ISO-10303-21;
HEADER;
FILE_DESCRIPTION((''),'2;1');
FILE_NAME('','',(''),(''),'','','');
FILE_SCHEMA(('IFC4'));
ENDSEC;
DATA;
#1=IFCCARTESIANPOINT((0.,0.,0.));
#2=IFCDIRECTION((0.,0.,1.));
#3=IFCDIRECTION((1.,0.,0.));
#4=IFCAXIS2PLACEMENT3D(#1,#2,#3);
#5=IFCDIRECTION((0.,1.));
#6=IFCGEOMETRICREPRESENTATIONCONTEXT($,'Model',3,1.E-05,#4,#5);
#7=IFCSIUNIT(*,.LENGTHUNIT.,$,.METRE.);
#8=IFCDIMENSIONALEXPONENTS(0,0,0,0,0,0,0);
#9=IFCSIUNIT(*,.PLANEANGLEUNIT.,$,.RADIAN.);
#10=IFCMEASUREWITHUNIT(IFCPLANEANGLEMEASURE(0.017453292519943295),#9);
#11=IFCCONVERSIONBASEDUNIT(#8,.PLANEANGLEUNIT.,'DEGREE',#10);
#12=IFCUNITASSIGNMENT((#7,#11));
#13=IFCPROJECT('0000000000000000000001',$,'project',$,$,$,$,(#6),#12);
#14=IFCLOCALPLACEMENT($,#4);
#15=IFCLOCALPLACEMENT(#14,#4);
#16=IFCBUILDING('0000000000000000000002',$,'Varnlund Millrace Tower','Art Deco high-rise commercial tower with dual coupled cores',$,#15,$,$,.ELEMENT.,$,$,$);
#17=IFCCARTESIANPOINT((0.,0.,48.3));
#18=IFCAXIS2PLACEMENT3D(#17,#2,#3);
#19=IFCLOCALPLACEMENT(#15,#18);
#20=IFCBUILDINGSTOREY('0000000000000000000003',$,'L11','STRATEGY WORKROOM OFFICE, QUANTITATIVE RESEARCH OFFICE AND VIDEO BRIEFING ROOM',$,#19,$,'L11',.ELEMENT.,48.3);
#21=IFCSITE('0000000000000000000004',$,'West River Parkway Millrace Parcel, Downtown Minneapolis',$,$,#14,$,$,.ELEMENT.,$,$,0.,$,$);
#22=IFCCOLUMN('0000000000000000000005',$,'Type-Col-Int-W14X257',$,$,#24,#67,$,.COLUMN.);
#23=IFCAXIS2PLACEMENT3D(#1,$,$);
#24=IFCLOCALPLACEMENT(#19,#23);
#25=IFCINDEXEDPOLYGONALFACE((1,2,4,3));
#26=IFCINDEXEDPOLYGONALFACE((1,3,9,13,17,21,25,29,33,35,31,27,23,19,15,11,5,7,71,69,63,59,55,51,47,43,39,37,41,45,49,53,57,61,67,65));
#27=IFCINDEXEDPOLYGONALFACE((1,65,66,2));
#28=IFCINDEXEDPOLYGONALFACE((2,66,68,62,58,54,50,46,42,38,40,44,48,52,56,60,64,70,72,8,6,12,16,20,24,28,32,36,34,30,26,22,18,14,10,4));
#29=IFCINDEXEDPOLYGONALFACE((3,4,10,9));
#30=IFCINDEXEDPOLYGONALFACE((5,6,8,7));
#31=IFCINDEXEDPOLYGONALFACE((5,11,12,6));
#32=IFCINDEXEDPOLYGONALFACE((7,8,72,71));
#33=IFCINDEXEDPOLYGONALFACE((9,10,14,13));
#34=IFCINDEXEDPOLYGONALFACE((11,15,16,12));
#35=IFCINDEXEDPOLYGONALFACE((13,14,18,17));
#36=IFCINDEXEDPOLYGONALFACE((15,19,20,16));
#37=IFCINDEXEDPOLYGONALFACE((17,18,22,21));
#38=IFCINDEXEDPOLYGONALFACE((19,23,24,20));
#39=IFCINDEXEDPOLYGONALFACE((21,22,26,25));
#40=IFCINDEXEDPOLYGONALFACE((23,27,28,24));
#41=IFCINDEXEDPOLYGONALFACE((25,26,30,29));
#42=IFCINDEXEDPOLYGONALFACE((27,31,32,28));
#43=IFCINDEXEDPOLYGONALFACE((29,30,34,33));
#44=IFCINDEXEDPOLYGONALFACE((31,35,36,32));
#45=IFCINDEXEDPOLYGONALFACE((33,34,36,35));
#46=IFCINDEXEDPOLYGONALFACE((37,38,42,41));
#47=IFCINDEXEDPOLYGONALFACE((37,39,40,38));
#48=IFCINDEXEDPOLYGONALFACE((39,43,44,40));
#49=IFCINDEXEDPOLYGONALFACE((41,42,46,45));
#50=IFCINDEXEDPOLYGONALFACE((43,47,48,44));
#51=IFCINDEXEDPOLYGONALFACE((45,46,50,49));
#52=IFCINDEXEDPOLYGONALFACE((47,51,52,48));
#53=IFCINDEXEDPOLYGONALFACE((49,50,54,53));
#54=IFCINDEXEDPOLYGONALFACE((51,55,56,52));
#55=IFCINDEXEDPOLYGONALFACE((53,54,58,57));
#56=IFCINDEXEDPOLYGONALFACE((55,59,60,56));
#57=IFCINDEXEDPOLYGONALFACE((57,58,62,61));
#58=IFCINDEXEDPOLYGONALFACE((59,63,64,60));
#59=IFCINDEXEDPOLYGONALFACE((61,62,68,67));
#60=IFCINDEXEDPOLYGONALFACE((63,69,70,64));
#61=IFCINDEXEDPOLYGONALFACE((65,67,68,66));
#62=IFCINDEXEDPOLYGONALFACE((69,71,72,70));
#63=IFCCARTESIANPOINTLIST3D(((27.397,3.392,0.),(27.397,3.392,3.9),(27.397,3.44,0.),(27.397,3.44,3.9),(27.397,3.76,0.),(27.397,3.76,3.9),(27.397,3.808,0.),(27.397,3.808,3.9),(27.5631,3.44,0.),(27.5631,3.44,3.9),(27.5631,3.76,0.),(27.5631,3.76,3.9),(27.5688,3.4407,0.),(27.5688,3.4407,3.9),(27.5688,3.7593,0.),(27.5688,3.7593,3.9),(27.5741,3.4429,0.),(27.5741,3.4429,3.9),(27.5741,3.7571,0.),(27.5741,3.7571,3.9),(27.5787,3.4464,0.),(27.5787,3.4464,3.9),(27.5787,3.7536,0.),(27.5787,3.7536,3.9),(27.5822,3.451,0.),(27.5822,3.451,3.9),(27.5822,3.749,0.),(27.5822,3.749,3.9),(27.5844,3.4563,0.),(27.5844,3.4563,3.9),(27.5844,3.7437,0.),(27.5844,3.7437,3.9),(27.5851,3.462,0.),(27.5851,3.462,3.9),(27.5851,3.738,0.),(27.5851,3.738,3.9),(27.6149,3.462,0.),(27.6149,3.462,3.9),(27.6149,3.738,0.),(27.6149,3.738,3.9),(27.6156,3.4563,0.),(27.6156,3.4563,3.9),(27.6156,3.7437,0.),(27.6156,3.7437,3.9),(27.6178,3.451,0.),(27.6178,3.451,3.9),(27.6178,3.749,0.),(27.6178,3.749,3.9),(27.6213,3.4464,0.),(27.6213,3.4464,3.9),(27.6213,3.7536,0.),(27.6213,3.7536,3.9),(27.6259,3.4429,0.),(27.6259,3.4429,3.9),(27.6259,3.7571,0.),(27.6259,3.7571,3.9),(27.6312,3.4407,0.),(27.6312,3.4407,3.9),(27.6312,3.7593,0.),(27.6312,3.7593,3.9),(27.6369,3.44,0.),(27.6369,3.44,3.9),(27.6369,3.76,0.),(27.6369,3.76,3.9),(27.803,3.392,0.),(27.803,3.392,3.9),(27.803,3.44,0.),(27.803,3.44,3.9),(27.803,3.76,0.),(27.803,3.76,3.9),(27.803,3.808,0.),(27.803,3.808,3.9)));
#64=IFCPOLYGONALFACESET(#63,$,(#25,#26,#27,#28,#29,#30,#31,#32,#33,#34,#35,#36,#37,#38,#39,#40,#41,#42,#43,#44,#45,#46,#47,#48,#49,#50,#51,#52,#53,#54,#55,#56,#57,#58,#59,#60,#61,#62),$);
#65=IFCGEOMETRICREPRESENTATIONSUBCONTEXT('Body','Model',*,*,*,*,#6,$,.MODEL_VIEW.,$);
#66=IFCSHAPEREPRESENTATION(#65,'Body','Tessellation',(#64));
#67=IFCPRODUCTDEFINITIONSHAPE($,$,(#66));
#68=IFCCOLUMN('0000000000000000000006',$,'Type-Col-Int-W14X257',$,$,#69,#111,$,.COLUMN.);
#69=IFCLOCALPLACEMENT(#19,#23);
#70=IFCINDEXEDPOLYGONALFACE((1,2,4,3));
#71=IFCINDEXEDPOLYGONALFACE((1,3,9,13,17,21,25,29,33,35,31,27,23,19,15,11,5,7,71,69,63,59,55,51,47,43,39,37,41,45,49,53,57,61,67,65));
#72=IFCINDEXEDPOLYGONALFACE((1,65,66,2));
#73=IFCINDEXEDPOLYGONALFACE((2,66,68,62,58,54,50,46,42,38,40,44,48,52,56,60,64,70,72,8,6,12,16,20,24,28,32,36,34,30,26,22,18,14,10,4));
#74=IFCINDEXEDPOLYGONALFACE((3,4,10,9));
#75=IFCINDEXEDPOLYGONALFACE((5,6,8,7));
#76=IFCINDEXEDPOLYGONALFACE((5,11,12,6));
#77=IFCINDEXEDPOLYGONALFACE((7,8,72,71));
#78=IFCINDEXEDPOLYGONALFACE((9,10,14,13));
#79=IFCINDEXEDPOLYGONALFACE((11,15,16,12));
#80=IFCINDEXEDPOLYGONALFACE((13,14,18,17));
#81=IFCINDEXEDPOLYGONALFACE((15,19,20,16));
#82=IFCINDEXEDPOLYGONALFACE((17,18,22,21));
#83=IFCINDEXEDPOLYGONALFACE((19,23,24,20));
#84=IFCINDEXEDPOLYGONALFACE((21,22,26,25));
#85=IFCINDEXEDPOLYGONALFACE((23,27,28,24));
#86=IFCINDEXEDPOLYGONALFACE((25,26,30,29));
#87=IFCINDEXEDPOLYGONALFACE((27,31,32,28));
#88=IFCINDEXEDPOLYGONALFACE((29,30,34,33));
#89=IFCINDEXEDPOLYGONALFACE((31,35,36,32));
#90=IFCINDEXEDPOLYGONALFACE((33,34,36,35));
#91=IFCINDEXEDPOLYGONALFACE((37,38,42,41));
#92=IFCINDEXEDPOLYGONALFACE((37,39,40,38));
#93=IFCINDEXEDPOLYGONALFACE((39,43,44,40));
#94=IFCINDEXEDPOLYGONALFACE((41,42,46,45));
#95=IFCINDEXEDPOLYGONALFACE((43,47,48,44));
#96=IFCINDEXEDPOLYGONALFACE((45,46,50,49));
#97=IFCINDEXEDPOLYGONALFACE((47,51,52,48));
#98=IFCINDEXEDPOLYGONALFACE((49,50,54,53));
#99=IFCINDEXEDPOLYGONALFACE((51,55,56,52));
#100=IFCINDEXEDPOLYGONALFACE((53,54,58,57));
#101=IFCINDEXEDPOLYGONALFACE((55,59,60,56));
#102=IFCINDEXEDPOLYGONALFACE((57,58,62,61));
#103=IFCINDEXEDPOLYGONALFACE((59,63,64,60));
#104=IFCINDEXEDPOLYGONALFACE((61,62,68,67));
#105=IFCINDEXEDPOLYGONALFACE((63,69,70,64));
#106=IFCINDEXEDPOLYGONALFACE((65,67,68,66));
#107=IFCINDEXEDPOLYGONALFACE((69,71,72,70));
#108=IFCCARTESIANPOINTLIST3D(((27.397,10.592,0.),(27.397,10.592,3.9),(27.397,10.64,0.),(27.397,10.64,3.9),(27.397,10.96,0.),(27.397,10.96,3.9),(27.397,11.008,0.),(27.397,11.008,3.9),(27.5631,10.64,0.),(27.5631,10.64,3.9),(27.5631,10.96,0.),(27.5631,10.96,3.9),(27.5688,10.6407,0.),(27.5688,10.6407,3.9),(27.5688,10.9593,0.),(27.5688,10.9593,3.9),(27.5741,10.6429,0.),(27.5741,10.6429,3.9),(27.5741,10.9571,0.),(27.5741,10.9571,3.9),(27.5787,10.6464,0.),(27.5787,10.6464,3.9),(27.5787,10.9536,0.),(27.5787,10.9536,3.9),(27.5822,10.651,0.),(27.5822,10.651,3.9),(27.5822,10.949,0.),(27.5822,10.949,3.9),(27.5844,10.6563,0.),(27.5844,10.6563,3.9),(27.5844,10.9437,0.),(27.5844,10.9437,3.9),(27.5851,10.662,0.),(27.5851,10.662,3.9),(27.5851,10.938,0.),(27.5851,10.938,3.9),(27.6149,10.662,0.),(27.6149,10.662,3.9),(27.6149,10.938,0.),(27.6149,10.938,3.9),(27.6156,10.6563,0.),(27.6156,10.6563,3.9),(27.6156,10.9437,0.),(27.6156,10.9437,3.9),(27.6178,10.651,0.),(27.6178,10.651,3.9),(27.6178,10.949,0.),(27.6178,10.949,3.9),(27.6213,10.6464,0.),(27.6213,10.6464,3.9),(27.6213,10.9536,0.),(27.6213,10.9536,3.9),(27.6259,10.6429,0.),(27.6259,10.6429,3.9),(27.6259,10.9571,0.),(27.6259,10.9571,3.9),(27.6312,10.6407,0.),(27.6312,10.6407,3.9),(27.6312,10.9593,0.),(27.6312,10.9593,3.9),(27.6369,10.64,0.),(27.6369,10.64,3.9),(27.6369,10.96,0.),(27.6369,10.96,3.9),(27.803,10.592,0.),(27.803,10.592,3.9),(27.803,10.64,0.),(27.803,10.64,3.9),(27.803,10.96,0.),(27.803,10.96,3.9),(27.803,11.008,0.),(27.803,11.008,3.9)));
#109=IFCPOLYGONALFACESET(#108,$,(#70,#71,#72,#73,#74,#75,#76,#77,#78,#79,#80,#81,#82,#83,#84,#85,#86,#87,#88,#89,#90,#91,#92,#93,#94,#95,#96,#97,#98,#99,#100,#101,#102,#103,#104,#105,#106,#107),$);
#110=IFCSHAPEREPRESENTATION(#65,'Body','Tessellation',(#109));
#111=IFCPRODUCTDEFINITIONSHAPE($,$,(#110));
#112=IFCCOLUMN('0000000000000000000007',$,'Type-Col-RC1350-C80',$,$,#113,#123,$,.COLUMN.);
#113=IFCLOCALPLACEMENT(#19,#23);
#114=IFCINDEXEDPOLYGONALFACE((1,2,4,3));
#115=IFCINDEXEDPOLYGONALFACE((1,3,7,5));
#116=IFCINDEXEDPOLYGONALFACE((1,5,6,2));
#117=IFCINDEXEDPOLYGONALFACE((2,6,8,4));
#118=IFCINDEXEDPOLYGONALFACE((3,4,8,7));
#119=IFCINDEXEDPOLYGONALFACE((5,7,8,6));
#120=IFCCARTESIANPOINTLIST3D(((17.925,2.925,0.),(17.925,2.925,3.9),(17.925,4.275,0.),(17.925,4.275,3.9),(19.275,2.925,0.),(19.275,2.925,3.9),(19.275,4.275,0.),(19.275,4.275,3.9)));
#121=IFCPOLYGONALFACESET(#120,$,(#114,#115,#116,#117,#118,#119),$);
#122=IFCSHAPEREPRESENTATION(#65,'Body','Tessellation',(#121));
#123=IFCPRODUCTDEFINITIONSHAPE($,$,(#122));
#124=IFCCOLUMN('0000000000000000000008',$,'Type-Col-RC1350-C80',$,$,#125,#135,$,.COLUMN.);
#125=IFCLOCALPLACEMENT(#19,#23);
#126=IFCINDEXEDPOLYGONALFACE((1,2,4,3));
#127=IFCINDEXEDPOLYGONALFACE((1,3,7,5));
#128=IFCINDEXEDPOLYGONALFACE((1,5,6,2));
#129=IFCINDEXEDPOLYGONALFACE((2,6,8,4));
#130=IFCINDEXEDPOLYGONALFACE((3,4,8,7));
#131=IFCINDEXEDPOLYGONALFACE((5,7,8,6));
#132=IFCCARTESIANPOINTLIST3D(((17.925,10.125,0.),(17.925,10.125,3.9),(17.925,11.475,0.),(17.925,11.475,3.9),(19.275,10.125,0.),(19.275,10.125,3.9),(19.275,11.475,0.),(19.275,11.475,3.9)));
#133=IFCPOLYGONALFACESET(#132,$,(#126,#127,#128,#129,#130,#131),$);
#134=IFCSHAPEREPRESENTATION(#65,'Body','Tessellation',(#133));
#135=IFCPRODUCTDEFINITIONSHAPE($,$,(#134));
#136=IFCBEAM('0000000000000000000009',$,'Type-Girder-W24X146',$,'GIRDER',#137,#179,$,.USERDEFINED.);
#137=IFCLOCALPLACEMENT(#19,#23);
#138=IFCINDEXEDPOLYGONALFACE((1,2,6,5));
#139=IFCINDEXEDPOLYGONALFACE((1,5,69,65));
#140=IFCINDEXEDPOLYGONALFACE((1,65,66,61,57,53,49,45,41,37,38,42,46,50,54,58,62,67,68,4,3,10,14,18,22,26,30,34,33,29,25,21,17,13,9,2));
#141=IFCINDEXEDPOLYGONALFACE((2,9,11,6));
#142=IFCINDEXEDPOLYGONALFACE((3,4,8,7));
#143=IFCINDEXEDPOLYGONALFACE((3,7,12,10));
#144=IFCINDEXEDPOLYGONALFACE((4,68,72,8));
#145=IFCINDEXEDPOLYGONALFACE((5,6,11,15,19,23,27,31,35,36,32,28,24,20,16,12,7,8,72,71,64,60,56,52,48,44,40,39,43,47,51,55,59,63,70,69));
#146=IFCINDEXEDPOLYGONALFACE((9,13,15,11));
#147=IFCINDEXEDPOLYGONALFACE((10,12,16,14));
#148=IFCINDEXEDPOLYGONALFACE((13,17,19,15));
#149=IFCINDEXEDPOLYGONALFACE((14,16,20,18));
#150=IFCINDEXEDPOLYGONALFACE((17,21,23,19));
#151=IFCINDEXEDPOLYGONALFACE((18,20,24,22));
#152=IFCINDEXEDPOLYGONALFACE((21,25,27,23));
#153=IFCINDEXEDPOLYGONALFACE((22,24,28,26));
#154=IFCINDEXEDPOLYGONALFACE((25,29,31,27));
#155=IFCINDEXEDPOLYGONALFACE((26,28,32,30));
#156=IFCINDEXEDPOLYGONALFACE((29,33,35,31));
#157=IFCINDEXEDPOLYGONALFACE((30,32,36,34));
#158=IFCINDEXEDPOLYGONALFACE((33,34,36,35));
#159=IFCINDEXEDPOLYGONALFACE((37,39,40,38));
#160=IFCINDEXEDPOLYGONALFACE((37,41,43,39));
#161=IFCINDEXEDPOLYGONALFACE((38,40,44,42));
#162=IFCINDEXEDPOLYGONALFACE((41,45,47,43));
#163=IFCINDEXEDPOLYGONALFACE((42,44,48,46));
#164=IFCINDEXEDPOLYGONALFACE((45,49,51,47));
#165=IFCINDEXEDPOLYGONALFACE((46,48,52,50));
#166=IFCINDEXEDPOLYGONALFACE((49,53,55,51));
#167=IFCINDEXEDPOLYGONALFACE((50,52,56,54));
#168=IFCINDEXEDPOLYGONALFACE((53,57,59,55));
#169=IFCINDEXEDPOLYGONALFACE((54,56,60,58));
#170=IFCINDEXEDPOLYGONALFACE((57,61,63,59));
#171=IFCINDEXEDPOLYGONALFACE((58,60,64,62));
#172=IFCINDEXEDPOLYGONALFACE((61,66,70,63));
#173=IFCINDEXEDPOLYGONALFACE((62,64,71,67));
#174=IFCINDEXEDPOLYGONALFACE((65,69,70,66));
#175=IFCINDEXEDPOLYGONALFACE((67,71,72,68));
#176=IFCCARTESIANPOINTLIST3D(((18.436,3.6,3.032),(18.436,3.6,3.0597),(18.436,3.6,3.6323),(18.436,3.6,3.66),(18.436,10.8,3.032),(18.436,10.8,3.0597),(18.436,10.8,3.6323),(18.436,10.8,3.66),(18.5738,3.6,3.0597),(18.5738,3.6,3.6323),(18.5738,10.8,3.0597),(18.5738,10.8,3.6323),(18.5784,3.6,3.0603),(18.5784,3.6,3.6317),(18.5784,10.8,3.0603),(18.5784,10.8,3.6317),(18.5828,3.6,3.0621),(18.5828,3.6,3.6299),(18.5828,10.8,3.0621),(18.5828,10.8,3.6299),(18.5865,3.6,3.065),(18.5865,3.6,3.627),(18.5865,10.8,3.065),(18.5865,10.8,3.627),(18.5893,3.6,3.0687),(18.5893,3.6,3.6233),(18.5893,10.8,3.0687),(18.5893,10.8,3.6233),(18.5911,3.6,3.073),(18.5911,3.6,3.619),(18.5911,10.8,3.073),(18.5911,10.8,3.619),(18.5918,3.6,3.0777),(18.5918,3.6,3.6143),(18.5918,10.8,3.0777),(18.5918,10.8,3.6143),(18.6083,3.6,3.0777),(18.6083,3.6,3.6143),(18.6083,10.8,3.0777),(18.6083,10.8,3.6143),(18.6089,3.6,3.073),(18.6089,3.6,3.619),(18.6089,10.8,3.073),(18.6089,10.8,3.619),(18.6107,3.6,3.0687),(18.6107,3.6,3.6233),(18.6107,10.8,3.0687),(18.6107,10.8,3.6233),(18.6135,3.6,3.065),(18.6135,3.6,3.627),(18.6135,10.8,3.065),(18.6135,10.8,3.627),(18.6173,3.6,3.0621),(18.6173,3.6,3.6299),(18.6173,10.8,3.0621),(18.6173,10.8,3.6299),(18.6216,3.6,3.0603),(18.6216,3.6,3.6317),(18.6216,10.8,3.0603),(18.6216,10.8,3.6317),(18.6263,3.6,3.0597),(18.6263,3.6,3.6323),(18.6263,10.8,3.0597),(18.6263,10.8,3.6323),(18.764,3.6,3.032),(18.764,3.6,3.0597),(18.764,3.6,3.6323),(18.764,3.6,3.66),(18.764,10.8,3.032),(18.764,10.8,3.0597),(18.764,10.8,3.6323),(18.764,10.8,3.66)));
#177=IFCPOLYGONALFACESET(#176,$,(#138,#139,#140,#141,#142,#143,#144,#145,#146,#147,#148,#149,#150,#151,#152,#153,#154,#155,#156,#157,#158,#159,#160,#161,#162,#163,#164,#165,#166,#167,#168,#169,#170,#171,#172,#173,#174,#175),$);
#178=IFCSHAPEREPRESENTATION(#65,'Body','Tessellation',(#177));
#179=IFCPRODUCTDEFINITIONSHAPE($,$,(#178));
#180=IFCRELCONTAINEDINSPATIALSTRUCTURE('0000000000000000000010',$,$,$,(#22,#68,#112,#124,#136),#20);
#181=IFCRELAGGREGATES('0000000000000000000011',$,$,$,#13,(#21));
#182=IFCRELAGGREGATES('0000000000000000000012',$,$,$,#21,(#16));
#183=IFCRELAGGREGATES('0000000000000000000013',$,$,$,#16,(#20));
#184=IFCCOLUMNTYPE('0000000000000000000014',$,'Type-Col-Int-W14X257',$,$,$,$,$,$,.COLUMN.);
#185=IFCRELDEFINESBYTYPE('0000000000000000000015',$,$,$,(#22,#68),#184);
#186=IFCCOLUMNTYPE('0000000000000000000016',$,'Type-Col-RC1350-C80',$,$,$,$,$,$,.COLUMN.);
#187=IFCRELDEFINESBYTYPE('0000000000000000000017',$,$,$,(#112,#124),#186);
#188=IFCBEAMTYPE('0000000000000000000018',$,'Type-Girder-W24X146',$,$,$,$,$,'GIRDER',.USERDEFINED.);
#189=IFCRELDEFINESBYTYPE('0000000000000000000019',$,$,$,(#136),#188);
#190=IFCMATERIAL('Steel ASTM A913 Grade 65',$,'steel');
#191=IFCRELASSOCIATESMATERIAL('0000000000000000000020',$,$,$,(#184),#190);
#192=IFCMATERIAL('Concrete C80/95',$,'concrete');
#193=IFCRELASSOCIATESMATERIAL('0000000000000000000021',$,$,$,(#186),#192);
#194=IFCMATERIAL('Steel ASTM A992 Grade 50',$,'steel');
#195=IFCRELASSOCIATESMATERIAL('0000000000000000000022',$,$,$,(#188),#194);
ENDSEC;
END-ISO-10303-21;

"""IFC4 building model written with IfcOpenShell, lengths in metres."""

from ifc_helpers import new_model, entity, si_unit, converted_unit, direction, frame, origin_with_axes, origin_2d_with_axis, place, context, subcontext, project, spatial, rectangle, i_section, extrude, material, material_profile, profile_set, type_object, element, save


model = new_model("IFC4")

# Units and contexts
model_context = context("Model", 3, precision=1e-05, world=origin_with_axes(), true_north=direction((0.0, 1.0)))
body_context = subcontext(model_context, "Body", "Model", "MODEL_VIEW")
ifc_project = project(units=[si_unit("LENGTHUNIT", "METRE"), converted_unit("PLANEANGLEUNIT", "DEGREE", entity("IfcPlaneAngleMeasure", 0.017453292519943295), si_unit("PLANEANGLEUNIT", "RADIAN"), dimensions=[0, 0, 0, 0, 0, 0, 0])], contexts=[model_context])

# Site, building, storey
site_placement = place(None, origin_with_axes())
site = spatial("IfcSite", under=ifc_project, at=site_placement, Name="West River Parkway Millrace Parcel, Downtown Minneapolis", CompositionType="ELEMENT", RefElevation=0.0)
building_placement = place(site_placement, origin_with_axes())
building = spatial("IfcBuilding", under=site, at=building_placement, Name="Varnlund Millrace Tower", Description="Art Deco high-rise commercial tower with dual coupled cores", CompositionType="ELEMENT")
storey_placement = place(building_placement, frame((0.0, 0.0, 48.3), z_axis=(0.0, 0.0, 1.0), x_axis=(1.0, 0.0, 0.0)))
storey = spatial("IfcBuildingStorey", under=building, at=storey_placement, Name="L11", Description="STRATEGY WORKROOM OFFICE, QUANTITATIVE RESEARCH OFFICE AND VIDEO BRIEFING ROOM", LongName="L11", CompositionType="ELEMENT", Elevation=48.3)

# Columns
ifc_material_1 = material(Name="Steel ASTM A913 Grade 65", Category="steel")
ifc_material_profile_1 = material_profile(ifc_material_1, i_section(OverallWidth=0.406, OverallDepth=0.416, WebThickness=0.0298, FlangeThickness=0.048, FilletRadius=0.022, at=origin_2d_with_axis()), Name="Steel ASTM A913 Grade 65")
ifc_profile_set_1 = profile_set([ifc_material_profile_1], Name="Steel ASTM A913 Grade 65")
column_type_1 = type_object("IfcColumnType", Name="Type-Col-Int-W14X257", PredefinedType="COLUMN", material=ifc_profile_set_1)
for number, where, z_axis, x_axis, name in (
    (1, (27.6, 3.6, 0.0), (0.0, 0.0, 1.0), (1.0, 0.0, 0.0), "Type-Col-Int-W14X257"),
    (2, (27.6, 10.8, 0.0), (0.0, 0.0, 1.0), (1.0, 0.0, 0.0), "Type-Col-Int-W14X257"),
):
    element("IfcColumn", number, at=place(storey_placement, frame(where, z_axis=z_axis, x_axis=x_axis)), inside=storey, type_object=column_type_1, Name=name, PredefinedType="COLUMN", context=body_context, shape_type="SweptSolid", body=[
        extrude(i_section(OverallWidth=0.406, OverallDepth=0.416, WebThickness=0.0298, FlangeThickness=0.048, FilletRadius=0.022, at=origin_2d_with_axis()), origin_with_axes(), (0.0, 0.0, 1.0), 3.9),
    ])
ifc_material_2 = material(Name="Concrete C80/95", Category="concrete")
ifc_material_profile_2 = material_profile(ifc_material_2, rectangle(XDim=1.35, YDim=1.35, at=origin_2d_with_axis()), Name="Concrete C80/95")
ifc_profile_set_2 = profile_set([ifc_material_profile_2], Name="Concrete C80/95")
column_type_2 = type_object("IfcColumnType", Name="Type-Col-RC1350-C80", PredefinedType="COLUMN", material=ifc_profile_set_2)
for number, where, z_axis, x_axis, name in (
    (3, (18.6, 3.6, 0.0), (0.0, 0.0, 1.0), (1.0, 0.0, 0.0), "Type-Col-RC1350-C80"),
    (4, (18.6, 10.8, 0.0), (0.0, 0.0, 1.0), (1.0, 0.0, 0.0), "Type-Col-RC1350-C80"),
):
    element("IfcColumn", number, at=place(storey_placement, frame(where, z_axis=z_axis, x_axis=x_axis)), inside=storey, type_object=column_type_2, Name=name, PredefinedType="COLUMN", context=body_context, shape_type="SweptSolid", body=[
        extrude(rectangle(XDim=1.35, YDim=1.35, at=origin_2d_with_axis()), origin_with_axes(), (0.0, 0.0, 1.0), 3.9),
    ])

# Beam
ifc_material_3 = material(Name="Steel ASTM A992 Grade 50", Category="steel")
ifc_material_profile_3 = material_profile(ifc_material_3, i_section(OverallWidth=0.328, OverallDepth=0.628, WebThickness=0.0165, FlangeThickness=0.0277, FilletRadius=0.018, at=origin_2d_with_axis()), Name="Steel ASTM A992 Grade 50")
ifc_profile_set_3 = profile_set([ifc_material_profile_3], Name="Steel ASTM A992 Grade 50")
beam_type_1 = type_object("IfcBeamType", Name="Type-Girder-W24X146", ElementType="GIRDER", PredefinedType="USERDEFINED", material=ifc_profile_set_3)
beam_1_placement = place(storey_placement, frame((18.6, 3.6, 3.346), z_axis=(0.0, 1.0, 0.0), x_axis=(-1.0, 0.0, 0.0)))
element("IfcBeam", 5, at=beam_1_placement, inside=storey, type_object=beam_type_1, Name="Type-Girder-W24X146", ObjectType="GIRDER", PredefinedType="USERDEFINED", context=body_context, shape_type="SweptSolid", body=[
    extrude(i_section(OverallWidth=0.328, OverallDepth=0.628, WebThickness=0.0165, FlangeThickness=0.0277, FilletRadius=0.018, at=origin_2d_with_axis()), origin_with_axes(), (0.0, 0.0, 1.0), 7.2),
])

save(model, "model.ifc")
